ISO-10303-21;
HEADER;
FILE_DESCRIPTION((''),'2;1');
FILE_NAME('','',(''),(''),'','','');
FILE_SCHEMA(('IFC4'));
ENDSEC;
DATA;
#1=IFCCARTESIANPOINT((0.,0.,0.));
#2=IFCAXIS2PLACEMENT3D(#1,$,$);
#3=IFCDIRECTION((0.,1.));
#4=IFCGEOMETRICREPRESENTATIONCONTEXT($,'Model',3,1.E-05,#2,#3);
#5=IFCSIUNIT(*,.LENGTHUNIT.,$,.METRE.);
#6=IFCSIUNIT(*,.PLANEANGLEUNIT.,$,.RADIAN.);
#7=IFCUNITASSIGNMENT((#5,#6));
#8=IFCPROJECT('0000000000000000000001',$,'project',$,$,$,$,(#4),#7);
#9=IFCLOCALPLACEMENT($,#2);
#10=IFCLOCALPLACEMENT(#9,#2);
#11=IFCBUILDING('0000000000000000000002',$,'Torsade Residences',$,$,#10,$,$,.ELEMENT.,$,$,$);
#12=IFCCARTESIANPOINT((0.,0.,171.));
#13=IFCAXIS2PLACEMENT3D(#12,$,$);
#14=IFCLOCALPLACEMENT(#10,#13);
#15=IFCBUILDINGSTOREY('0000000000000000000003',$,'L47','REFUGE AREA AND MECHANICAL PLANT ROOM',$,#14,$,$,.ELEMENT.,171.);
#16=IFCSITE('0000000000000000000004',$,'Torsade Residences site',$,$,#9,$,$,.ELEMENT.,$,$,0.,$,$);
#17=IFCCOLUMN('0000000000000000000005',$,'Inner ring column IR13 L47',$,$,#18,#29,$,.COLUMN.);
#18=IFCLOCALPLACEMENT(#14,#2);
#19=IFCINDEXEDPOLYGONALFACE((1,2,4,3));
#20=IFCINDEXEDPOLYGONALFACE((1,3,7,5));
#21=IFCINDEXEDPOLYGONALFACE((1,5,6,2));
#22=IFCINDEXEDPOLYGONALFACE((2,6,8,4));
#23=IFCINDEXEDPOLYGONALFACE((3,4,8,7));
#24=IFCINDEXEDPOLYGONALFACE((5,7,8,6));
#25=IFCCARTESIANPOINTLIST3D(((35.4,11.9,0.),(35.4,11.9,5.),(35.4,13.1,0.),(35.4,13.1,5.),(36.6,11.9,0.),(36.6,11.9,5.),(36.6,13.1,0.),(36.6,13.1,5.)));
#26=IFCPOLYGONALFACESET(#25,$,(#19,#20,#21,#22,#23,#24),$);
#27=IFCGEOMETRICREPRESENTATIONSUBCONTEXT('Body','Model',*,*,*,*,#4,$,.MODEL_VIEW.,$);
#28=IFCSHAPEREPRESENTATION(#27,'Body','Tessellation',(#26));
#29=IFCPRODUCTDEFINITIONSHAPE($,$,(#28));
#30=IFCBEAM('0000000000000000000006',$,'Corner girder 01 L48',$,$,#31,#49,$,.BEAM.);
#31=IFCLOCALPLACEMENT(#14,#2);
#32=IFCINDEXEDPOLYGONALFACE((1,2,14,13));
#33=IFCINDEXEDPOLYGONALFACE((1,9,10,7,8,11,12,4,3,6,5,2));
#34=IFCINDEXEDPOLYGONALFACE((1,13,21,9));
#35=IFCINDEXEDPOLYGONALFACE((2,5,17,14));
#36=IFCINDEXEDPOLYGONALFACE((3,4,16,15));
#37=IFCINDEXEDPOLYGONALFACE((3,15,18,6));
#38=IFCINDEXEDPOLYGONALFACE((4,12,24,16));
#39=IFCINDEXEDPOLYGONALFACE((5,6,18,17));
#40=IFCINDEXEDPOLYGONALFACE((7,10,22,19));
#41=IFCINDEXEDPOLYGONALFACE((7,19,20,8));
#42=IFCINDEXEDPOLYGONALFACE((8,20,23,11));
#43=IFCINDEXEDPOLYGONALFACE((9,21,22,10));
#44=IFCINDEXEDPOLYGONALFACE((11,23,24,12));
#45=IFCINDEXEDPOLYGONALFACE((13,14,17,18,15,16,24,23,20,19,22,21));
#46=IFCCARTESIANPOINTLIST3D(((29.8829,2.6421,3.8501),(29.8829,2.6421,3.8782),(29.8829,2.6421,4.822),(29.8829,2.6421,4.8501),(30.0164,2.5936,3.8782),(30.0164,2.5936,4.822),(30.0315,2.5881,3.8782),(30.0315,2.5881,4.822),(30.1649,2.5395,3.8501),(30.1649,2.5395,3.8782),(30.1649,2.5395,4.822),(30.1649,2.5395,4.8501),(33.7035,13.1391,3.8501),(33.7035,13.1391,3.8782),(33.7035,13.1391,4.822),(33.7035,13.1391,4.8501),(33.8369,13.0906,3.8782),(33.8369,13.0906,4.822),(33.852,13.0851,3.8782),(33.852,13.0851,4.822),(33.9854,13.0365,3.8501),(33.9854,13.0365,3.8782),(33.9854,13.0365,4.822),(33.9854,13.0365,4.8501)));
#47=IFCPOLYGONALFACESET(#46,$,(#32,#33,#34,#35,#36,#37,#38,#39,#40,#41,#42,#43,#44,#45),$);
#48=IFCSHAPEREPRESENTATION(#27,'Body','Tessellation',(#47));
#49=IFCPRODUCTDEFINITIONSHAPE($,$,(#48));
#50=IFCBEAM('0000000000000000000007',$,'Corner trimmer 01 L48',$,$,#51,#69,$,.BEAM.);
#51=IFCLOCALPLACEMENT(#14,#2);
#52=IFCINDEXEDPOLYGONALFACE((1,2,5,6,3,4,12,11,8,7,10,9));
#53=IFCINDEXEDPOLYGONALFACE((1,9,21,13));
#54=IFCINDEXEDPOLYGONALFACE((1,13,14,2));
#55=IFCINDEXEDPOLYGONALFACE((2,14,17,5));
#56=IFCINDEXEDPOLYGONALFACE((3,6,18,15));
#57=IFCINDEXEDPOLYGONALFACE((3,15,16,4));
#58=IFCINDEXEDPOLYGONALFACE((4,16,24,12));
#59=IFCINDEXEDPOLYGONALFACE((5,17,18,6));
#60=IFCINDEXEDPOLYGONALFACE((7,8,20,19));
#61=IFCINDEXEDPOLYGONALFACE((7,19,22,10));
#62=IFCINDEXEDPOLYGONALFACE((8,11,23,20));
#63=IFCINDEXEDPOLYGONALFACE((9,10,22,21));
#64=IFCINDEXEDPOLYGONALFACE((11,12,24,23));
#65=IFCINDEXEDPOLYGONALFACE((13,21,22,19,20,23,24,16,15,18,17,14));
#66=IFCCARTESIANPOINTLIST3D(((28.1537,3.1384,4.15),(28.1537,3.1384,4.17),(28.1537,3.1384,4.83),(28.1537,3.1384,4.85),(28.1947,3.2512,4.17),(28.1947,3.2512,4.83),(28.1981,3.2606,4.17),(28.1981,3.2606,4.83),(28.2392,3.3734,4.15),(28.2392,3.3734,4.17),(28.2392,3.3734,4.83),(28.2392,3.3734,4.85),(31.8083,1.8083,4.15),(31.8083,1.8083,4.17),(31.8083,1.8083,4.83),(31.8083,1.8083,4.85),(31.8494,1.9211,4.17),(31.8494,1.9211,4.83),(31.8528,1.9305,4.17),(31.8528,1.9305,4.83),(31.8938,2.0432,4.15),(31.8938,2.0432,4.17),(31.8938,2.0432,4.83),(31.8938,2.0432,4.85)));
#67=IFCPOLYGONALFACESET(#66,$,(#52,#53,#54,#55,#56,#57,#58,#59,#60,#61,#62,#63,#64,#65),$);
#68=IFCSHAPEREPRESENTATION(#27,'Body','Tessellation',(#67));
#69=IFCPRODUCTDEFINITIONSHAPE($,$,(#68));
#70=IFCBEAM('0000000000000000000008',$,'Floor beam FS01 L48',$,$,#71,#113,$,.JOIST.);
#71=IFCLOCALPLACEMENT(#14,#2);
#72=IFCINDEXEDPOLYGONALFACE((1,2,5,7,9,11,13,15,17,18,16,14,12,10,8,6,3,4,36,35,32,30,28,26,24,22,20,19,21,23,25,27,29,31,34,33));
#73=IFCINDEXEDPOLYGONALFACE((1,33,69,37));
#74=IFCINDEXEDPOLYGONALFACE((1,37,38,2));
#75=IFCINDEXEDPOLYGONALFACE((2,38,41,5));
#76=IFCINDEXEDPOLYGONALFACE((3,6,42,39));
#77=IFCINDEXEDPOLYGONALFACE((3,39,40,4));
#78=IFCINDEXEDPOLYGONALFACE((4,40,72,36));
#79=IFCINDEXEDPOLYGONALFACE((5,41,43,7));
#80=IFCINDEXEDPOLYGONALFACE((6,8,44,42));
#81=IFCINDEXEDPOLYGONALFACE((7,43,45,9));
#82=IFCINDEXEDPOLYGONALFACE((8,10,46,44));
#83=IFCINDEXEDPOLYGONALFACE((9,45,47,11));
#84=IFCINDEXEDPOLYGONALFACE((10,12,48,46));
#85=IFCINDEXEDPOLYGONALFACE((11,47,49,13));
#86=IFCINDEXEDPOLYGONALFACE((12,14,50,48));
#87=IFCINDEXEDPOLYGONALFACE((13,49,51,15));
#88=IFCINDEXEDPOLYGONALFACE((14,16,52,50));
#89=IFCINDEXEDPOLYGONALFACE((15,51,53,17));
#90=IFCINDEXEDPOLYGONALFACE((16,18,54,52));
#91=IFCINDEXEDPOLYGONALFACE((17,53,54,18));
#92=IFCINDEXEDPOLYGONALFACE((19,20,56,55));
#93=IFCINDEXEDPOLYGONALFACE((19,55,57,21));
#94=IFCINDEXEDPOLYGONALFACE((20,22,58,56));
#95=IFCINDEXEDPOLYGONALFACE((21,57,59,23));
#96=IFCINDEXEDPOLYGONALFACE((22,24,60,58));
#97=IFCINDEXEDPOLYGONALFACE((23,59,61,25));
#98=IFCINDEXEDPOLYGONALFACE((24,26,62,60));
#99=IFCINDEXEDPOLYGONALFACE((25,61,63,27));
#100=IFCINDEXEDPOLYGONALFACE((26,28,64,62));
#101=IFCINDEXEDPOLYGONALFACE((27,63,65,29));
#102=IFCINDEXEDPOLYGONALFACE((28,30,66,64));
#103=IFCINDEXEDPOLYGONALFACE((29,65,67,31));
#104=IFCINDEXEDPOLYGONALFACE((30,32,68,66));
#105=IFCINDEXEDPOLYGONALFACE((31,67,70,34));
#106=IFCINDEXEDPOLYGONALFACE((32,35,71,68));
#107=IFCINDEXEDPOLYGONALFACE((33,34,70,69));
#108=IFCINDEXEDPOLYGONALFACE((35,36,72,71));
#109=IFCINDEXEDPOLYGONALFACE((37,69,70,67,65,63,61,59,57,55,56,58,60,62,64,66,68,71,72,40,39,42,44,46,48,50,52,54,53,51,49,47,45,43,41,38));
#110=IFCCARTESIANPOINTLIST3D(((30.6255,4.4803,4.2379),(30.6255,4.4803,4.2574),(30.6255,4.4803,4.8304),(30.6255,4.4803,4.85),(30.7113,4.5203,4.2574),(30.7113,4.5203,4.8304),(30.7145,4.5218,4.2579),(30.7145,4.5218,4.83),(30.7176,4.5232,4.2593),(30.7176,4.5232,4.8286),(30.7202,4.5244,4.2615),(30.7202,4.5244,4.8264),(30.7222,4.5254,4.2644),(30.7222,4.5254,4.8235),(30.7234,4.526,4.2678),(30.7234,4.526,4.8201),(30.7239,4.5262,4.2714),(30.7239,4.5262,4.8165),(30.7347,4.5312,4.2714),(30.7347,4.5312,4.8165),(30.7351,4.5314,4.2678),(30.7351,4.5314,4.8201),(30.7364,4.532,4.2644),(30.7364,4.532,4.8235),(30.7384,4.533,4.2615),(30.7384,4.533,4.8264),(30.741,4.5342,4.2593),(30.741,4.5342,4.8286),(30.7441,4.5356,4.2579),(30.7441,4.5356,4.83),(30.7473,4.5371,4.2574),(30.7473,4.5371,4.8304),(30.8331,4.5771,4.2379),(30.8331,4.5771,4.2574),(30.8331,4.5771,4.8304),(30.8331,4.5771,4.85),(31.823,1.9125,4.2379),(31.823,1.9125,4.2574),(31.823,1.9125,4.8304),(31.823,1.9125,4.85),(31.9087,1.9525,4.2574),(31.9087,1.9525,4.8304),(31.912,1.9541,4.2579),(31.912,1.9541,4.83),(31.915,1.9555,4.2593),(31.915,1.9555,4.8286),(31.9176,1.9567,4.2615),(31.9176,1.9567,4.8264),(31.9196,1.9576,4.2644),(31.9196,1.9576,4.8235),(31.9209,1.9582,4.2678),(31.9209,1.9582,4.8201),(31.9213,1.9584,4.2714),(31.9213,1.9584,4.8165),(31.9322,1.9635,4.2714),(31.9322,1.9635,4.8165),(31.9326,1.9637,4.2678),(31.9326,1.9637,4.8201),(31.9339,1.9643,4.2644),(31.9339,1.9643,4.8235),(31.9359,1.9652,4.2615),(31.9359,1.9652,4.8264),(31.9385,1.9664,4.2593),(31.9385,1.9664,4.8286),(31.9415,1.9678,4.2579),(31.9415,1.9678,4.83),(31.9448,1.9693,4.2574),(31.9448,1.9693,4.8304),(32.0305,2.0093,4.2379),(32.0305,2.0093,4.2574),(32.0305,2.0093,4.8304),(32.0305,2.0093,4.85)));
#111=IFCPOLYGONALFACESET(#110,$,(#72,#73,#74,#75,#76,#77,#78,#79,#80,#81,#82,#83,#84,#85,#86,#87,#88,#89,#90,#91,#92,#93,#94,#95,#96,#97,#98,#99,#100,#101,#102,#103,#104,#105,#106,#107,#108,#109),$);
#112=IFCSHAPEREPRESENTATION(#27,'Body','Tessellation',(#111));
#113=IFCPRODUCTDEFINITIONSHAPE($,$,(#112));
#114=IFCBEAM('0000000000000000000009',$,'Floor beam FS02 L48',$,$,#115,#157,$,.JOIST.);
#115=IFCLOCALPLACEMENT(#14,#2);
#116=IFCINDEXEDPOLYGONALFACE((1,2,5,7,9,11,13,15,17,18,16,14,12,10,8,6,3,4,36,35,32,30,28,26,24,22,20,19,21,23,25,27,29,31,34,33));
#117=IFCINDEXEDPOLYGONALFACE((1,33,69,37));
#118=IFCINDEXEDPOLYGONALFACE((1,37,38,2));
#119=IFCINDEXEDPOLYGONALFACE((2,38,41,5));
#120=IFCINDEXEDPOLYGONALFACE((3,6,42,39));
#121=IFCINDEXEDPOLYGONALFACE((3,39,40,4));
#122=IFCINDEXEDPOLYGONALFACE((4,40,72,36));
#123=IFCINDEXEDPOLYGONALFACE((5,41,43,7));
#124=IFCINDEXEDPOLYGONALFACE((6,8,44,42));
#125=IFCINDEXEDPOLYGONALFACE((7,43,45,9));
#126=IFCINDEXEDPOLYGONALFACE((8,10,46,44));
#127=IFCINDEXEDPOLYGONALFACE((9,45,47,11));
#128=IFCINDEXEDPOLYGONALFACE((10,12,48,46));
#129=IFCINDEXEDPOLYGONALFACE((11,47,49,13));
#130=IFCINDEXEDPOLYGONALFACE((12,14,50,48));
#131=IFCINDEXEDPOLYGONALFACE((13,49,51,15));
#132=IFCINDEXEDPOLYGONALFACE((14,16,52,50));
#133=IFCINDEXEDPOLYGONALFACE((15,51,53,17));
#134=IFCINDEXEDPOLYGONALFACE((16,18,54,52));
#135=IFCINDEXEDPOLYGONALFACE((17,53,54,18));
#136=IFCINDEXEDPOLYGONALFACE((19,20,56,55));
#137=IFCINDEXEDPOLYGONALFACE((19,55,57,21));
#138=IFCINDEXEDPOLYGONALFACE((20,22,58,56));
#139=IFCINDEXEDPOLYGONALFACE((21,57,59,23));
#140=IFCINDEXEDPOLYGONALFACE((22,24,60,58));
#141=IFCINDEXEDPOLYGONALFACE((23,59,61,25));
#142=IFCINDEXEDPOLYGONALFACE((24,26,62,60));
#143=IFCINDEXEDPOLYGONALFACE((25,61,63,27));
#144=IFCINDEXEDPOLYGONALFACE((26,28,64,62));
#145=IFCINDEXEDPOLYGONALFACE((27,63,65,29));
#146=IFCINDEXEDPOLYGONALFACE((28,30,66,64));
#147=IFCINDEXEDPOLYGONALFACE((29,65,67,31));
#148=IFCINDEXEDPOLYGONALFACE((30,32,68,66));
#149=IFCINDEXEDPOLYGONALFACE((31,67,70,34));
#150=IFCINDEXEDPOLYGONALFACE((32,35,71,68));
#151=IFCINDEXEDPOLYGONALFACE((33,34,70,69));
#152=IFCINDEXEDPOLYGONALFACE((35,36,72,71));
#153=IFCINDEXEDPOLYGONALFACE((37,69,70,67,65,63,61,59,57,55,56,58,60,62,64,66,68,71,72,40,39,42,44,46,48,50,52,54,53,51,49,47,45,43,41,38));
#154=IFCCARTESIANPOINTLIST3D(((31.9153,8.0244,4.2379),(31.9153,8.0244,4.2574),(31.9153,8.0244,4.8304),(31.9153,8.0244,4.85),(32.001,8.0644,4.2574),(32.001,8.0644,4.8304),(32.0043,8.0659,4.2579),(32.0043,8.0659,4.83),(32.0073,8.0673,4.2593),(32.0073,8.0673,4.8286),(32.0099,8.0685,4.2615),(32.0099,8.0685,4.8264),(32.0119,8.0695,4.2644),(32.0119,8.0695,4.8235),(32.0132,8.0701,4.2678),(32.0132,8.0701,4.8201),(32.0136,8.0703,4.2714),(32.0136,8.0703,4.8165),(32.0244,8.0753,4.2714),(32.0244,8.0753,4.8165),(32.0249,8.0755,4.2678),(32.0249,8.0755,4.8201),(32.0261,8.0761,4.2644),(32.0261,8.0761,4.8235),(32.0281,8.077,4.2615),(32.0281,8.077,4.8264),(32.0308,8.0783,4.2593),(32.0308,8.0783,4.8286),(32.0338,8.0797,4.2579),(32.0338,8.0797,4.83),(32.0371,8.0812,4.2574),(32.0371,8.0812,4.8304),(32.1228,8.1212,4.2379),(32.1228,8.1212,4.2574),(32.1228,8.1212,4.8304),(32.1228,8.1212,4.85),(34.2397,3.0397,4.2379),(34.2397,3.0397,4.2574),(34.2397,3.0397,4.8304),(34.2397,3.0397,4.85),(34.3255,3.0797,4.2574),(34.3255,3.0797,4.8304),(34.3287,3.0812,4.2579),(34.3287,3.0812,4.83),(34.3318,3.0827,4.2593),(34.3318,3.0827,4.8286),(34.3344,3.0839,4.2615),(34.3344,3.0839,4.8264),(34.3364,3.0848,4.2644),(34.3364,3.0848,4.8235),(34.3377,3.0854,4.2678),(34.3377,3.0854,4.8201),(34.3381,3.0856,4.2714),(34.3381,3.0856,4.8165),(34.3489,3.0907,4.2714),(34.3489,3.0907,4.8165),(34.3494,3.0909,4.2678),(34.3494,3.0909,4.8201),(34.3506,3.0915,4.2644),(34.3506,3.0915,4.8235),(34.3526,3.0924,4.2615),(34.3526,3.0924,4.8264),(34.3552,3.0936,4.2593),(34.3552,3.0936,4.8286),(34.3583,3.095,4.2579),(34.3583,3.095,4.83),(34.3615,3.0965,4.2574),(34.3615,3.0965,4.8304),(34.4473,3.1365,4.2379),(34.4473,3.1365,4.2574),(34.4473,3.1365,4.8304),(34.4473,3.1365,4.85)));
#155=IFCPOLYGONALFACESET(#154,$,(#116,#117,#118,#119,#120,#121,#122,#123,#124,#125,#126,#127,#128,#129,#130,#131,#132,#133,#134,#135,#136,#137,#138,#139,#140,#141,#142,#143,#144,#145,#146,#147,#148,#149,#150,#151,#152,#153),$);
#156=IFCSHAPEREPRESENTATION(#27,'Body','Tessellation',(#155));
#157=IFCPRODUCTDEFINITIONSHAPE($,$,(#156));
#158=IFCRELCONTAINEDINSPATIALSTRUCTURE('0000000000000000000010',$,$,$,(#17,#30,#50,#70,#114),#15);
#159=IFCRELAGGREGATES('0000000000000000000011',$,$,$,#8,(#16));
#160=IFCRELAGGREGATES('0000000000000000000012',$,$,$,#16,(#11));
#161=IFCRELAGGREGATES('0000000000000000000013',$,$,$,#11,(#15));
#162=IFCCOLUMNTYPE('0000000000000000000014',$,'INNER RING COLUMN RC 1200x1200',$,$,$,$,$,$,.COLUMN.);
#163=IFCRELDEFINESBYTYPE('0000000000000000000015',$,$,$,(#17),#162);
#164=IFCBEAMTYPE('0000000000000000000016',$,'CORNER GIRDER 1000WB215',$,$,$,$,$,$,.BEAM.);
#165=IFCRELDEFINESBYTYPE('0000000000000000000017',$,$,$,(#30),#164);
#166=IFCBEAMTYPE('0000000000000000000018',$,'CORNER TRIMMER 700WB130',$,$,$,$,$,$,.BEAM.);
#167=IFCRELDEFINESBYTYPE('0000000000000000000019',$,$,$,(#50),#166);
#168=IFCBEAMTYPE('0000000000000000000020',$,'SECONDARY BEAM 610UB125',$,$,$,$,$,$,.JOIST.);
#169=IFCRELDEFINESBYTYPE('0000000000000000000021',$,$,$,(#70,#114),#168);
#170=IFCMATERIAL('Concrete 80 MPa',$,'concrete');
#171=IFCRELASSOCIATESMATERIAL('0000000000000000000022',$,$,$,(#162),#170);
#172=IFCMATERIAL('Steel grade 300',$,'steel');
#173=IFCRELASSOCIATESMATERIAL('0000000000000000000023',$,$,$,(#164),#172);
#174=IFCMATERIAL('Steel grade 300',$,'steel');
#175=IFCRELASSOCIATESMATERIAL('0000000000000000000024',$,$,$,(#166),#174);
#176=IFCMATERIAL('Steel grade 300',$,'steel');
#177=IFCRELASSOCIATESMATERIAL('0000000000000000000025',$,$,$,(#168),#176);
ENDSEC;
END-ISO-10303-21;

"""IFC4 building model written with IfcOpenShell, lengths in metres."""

from ifc_helpers import new_model, si_unit, direction, frame, origin, origin_2d, place, context, subcontext, project, spatial, rectangle, i_section, extrude, material, material_profile, profile_set, type_object, element, save


model = new_model("IFC4")

# Units and contexts
model_context = context("Model", 3, precision=1e-05, world=origin(), true_north=direction((0.0, 1.0)))
body_context = subcontext(model_context, "Body", "Model", "MODEL_VIEW")
ifc_project = project(units=[si_unit("LENGTHUNIT", "METRE"), si_unit("PLANEANGLEUNIT", "RADIAN")], contexts=[model_context])

# Site, building, storey
site_placement = place(None, origin())
site = spatial("IfcSite", under=ifc_project, at=site_placement, Name="Torsade Residences site", CompositionType="ELEMENT", RefElevation=0.0)
building_placement = place(site_placement, origin())
building = spatial("IfcBuilding", under=site, at=building_placement, Name="Torsade Residences", CompositionType="ELEMENT")
storey_placement = place(building_placement, frame((0.0, 0.0, 171.0)))
storey = spatial("IfcBuildingStorey", under=building, at=storey_placement, Name="L47", Description="REFUGE AREA AND MECHANICAL PLANT ROOM", CompositionType="ELEMENT", Elevation=171.0)

# Column
ifc_material_1 = material(Name="Concrete 80 MPa", Category="concrete")
ifc_material_profile_1 = material_profile(ifc_material_1, rectangle(XDim=1.2, YDim=1.2, at=origin_2d()), Name="RC 1200x1200")
ifc_profile_set_1 = profile_set([ifc_material_profile_1], Name="Concrete 80 MPa")
column_type = type_object("IfcColumnType", Name="INNER RING COLUMN RC 1200x1200", PredefinedType="COLUMN", material=ifc_profile_set_1)
column_placement = place(storey_placement, frame((36.0, 12.5, 0.0), z_axis=(0.0, 0.0, 1.0), x_axis=(1.0, 0.0, 0.0)))
element("IfcColumn", 1, at=column_placement, inside=storey, type_object=column_type, Name="Inner ring column IR13 L47", PredefinedType="COLUMN", context=body_context, shape_type="SweptSolid", body=[
    extrude(rectangle(XDim=1.2, YDim=1.2, at=origin_2d()), origin(), (0.0, 0.0, 1.0), 5.0),
])

# Beams
ifc_material_2 = material(Name="Steel grade 300", Category="steel")
ifc_material_profile_2 = material_profile(ifc_material_2, i_section(OverallWidth=0.3, OverallDepth=1.0, WebThickness=0.0161, FlangeThickness=0.0281, at=origin_2d()), Name="1000WB215")
ifc_profile_set_2 = profile_set([ifc_material_profile_2], Name="Steel grade 300")
beam_type_1 = type_object("IfcBeamType", Name="CORNER GIRDER 1000WB215", PredefinedType="BEAM", material=ifc_profile_set_2)
beam_1_placement = place(storey_placement, frame((30.0239, 2.5908, 4.3501), z_axis=(0.342015, 0.939694, 0.0), x_axis=(-0.939694, 0.342015, 0.0)))
element("IfcBeam", 2, at=beam_1_placement, inside=storey, type_object=beam_type_1, Name="Corner girder 01 L48", PredefinedType="BEAM", context=body_context, shape_type="SweptSolid", body=[
    extrude(i_section(OverallWidth=0.3, OverallDepth=1.0, WebThickness=0.0161, FlangeThickness=0.0281, at=origin_2d()), origin(), (0.0, 0.0, 1.0), 11.1707),
])
ifc_material_3 = material(Name="Steel grade 300", Category="steel")
ifc_material_profile_3 = material_profile(ifc_material_3, i_section(OverallWidth=0.25, OverallDepth=0.7, WebThickness=0.01, FlangeThickness=0.02, at=origin_2d()), Name="700WB130")
ifc_profile_set_3 = profile_set([ifc_material_profile_3], Name="Steel grade 300")
beam_type_2 = type_object("IfcBeamType", Name="CORNER TRIMMER 700WB130", PredefinedType="BEAM", material=ifc_profile_set_3)
beam_2_placement = place(storey_placement, frame((31.8511, 1.9258, 4.5), z_axis=(-0.939698, 0.342005, 0.0), x_axis=(-0.342005, -0.939698, 0.0)))
element("IfcBeam", 3, at=beam_2_placement, inside=storey, type_object=beam_type_2, Name="Corner trimmer 01 L48", PredefinedType="BEAM", context=body_context, shape_type="SweptSolid", body=[
    extrude(i_section(OverallWidth=0.25, OverallDepth=0.7, WebThickness=0.01, FlangeThickness=0.02, at=origin_2d()), origin(), (0.0, 0.0, 1.0), 3.8892),
])
ifc_material_4 = material(Name="Steel grade 300", Category="steel")
ifc_material_profile_4 = material_profile(ifc_material_4, i_section(OverallWidth=0.229, OverallDepth=0.6121, WebThickness=0.012, FlangeThickness=0.0195, FilletRadius=0.0139, at=origin_2d()), Name="610UB125")
ifc_profile_set_4 = profile_set([ifc_material_profile_4], Name="Steel grade 300")
beam_type_3 = type_object("IfcBeamType", Name="SECONDARY BEAM 610UB125", PredefinedType="JOIST", material=ifc_profile_set_4)
beam_3_placement = place(storey_placement, frame((31.9268, 1.9609, 4.5439), z_axis=(-0.422645, 0.906295, 0.0), x_axis=(-0.906295, -0.422645, 0.0)))
element("IfcBeam", 4, at=beam_3_placement, inside=storey, type_object=beam_type_3, Name="Floor beam FS01 L48", PredefinedType="JOIST", context=body_context, shape_type="SweptSolid", body=[
    extrude(i_section(OverallWidth=0.229, OverallDepth=0.6121, WebThickness=0.012, FlangeThickness=0.0195, FilletRadius=0.0139, at=origin_2d()), origin(), (0.0, 0.0, 1.0), 2.8333),
])
beam_4_placement = place(storey_placement, frame((34.3435, 3.0881, 4.5439), z_axis=(-0.422633, 0.906301, 0.0), x_axis=(-0.906301, -0.422633, 0.0)))
element("IfcBeam", 5, at=beam_4_placement, inside=storey, type_object=beam_type_3, Name="Floor beam FS02 L48", PredefinedType="JOIST", context=body_context, shape_type="SweptSolid", body=[
    extrude(i_section(OverallWidth=0.229, OverallDepth=0.6121, WebThickness=0.012, FlangeThickness=0.0195, FilletRadius=0.0139, at=origin_2d()), origin(), (0.0, 0.0, 1.0), 5.5),
])

save(model, "model.ifc")
